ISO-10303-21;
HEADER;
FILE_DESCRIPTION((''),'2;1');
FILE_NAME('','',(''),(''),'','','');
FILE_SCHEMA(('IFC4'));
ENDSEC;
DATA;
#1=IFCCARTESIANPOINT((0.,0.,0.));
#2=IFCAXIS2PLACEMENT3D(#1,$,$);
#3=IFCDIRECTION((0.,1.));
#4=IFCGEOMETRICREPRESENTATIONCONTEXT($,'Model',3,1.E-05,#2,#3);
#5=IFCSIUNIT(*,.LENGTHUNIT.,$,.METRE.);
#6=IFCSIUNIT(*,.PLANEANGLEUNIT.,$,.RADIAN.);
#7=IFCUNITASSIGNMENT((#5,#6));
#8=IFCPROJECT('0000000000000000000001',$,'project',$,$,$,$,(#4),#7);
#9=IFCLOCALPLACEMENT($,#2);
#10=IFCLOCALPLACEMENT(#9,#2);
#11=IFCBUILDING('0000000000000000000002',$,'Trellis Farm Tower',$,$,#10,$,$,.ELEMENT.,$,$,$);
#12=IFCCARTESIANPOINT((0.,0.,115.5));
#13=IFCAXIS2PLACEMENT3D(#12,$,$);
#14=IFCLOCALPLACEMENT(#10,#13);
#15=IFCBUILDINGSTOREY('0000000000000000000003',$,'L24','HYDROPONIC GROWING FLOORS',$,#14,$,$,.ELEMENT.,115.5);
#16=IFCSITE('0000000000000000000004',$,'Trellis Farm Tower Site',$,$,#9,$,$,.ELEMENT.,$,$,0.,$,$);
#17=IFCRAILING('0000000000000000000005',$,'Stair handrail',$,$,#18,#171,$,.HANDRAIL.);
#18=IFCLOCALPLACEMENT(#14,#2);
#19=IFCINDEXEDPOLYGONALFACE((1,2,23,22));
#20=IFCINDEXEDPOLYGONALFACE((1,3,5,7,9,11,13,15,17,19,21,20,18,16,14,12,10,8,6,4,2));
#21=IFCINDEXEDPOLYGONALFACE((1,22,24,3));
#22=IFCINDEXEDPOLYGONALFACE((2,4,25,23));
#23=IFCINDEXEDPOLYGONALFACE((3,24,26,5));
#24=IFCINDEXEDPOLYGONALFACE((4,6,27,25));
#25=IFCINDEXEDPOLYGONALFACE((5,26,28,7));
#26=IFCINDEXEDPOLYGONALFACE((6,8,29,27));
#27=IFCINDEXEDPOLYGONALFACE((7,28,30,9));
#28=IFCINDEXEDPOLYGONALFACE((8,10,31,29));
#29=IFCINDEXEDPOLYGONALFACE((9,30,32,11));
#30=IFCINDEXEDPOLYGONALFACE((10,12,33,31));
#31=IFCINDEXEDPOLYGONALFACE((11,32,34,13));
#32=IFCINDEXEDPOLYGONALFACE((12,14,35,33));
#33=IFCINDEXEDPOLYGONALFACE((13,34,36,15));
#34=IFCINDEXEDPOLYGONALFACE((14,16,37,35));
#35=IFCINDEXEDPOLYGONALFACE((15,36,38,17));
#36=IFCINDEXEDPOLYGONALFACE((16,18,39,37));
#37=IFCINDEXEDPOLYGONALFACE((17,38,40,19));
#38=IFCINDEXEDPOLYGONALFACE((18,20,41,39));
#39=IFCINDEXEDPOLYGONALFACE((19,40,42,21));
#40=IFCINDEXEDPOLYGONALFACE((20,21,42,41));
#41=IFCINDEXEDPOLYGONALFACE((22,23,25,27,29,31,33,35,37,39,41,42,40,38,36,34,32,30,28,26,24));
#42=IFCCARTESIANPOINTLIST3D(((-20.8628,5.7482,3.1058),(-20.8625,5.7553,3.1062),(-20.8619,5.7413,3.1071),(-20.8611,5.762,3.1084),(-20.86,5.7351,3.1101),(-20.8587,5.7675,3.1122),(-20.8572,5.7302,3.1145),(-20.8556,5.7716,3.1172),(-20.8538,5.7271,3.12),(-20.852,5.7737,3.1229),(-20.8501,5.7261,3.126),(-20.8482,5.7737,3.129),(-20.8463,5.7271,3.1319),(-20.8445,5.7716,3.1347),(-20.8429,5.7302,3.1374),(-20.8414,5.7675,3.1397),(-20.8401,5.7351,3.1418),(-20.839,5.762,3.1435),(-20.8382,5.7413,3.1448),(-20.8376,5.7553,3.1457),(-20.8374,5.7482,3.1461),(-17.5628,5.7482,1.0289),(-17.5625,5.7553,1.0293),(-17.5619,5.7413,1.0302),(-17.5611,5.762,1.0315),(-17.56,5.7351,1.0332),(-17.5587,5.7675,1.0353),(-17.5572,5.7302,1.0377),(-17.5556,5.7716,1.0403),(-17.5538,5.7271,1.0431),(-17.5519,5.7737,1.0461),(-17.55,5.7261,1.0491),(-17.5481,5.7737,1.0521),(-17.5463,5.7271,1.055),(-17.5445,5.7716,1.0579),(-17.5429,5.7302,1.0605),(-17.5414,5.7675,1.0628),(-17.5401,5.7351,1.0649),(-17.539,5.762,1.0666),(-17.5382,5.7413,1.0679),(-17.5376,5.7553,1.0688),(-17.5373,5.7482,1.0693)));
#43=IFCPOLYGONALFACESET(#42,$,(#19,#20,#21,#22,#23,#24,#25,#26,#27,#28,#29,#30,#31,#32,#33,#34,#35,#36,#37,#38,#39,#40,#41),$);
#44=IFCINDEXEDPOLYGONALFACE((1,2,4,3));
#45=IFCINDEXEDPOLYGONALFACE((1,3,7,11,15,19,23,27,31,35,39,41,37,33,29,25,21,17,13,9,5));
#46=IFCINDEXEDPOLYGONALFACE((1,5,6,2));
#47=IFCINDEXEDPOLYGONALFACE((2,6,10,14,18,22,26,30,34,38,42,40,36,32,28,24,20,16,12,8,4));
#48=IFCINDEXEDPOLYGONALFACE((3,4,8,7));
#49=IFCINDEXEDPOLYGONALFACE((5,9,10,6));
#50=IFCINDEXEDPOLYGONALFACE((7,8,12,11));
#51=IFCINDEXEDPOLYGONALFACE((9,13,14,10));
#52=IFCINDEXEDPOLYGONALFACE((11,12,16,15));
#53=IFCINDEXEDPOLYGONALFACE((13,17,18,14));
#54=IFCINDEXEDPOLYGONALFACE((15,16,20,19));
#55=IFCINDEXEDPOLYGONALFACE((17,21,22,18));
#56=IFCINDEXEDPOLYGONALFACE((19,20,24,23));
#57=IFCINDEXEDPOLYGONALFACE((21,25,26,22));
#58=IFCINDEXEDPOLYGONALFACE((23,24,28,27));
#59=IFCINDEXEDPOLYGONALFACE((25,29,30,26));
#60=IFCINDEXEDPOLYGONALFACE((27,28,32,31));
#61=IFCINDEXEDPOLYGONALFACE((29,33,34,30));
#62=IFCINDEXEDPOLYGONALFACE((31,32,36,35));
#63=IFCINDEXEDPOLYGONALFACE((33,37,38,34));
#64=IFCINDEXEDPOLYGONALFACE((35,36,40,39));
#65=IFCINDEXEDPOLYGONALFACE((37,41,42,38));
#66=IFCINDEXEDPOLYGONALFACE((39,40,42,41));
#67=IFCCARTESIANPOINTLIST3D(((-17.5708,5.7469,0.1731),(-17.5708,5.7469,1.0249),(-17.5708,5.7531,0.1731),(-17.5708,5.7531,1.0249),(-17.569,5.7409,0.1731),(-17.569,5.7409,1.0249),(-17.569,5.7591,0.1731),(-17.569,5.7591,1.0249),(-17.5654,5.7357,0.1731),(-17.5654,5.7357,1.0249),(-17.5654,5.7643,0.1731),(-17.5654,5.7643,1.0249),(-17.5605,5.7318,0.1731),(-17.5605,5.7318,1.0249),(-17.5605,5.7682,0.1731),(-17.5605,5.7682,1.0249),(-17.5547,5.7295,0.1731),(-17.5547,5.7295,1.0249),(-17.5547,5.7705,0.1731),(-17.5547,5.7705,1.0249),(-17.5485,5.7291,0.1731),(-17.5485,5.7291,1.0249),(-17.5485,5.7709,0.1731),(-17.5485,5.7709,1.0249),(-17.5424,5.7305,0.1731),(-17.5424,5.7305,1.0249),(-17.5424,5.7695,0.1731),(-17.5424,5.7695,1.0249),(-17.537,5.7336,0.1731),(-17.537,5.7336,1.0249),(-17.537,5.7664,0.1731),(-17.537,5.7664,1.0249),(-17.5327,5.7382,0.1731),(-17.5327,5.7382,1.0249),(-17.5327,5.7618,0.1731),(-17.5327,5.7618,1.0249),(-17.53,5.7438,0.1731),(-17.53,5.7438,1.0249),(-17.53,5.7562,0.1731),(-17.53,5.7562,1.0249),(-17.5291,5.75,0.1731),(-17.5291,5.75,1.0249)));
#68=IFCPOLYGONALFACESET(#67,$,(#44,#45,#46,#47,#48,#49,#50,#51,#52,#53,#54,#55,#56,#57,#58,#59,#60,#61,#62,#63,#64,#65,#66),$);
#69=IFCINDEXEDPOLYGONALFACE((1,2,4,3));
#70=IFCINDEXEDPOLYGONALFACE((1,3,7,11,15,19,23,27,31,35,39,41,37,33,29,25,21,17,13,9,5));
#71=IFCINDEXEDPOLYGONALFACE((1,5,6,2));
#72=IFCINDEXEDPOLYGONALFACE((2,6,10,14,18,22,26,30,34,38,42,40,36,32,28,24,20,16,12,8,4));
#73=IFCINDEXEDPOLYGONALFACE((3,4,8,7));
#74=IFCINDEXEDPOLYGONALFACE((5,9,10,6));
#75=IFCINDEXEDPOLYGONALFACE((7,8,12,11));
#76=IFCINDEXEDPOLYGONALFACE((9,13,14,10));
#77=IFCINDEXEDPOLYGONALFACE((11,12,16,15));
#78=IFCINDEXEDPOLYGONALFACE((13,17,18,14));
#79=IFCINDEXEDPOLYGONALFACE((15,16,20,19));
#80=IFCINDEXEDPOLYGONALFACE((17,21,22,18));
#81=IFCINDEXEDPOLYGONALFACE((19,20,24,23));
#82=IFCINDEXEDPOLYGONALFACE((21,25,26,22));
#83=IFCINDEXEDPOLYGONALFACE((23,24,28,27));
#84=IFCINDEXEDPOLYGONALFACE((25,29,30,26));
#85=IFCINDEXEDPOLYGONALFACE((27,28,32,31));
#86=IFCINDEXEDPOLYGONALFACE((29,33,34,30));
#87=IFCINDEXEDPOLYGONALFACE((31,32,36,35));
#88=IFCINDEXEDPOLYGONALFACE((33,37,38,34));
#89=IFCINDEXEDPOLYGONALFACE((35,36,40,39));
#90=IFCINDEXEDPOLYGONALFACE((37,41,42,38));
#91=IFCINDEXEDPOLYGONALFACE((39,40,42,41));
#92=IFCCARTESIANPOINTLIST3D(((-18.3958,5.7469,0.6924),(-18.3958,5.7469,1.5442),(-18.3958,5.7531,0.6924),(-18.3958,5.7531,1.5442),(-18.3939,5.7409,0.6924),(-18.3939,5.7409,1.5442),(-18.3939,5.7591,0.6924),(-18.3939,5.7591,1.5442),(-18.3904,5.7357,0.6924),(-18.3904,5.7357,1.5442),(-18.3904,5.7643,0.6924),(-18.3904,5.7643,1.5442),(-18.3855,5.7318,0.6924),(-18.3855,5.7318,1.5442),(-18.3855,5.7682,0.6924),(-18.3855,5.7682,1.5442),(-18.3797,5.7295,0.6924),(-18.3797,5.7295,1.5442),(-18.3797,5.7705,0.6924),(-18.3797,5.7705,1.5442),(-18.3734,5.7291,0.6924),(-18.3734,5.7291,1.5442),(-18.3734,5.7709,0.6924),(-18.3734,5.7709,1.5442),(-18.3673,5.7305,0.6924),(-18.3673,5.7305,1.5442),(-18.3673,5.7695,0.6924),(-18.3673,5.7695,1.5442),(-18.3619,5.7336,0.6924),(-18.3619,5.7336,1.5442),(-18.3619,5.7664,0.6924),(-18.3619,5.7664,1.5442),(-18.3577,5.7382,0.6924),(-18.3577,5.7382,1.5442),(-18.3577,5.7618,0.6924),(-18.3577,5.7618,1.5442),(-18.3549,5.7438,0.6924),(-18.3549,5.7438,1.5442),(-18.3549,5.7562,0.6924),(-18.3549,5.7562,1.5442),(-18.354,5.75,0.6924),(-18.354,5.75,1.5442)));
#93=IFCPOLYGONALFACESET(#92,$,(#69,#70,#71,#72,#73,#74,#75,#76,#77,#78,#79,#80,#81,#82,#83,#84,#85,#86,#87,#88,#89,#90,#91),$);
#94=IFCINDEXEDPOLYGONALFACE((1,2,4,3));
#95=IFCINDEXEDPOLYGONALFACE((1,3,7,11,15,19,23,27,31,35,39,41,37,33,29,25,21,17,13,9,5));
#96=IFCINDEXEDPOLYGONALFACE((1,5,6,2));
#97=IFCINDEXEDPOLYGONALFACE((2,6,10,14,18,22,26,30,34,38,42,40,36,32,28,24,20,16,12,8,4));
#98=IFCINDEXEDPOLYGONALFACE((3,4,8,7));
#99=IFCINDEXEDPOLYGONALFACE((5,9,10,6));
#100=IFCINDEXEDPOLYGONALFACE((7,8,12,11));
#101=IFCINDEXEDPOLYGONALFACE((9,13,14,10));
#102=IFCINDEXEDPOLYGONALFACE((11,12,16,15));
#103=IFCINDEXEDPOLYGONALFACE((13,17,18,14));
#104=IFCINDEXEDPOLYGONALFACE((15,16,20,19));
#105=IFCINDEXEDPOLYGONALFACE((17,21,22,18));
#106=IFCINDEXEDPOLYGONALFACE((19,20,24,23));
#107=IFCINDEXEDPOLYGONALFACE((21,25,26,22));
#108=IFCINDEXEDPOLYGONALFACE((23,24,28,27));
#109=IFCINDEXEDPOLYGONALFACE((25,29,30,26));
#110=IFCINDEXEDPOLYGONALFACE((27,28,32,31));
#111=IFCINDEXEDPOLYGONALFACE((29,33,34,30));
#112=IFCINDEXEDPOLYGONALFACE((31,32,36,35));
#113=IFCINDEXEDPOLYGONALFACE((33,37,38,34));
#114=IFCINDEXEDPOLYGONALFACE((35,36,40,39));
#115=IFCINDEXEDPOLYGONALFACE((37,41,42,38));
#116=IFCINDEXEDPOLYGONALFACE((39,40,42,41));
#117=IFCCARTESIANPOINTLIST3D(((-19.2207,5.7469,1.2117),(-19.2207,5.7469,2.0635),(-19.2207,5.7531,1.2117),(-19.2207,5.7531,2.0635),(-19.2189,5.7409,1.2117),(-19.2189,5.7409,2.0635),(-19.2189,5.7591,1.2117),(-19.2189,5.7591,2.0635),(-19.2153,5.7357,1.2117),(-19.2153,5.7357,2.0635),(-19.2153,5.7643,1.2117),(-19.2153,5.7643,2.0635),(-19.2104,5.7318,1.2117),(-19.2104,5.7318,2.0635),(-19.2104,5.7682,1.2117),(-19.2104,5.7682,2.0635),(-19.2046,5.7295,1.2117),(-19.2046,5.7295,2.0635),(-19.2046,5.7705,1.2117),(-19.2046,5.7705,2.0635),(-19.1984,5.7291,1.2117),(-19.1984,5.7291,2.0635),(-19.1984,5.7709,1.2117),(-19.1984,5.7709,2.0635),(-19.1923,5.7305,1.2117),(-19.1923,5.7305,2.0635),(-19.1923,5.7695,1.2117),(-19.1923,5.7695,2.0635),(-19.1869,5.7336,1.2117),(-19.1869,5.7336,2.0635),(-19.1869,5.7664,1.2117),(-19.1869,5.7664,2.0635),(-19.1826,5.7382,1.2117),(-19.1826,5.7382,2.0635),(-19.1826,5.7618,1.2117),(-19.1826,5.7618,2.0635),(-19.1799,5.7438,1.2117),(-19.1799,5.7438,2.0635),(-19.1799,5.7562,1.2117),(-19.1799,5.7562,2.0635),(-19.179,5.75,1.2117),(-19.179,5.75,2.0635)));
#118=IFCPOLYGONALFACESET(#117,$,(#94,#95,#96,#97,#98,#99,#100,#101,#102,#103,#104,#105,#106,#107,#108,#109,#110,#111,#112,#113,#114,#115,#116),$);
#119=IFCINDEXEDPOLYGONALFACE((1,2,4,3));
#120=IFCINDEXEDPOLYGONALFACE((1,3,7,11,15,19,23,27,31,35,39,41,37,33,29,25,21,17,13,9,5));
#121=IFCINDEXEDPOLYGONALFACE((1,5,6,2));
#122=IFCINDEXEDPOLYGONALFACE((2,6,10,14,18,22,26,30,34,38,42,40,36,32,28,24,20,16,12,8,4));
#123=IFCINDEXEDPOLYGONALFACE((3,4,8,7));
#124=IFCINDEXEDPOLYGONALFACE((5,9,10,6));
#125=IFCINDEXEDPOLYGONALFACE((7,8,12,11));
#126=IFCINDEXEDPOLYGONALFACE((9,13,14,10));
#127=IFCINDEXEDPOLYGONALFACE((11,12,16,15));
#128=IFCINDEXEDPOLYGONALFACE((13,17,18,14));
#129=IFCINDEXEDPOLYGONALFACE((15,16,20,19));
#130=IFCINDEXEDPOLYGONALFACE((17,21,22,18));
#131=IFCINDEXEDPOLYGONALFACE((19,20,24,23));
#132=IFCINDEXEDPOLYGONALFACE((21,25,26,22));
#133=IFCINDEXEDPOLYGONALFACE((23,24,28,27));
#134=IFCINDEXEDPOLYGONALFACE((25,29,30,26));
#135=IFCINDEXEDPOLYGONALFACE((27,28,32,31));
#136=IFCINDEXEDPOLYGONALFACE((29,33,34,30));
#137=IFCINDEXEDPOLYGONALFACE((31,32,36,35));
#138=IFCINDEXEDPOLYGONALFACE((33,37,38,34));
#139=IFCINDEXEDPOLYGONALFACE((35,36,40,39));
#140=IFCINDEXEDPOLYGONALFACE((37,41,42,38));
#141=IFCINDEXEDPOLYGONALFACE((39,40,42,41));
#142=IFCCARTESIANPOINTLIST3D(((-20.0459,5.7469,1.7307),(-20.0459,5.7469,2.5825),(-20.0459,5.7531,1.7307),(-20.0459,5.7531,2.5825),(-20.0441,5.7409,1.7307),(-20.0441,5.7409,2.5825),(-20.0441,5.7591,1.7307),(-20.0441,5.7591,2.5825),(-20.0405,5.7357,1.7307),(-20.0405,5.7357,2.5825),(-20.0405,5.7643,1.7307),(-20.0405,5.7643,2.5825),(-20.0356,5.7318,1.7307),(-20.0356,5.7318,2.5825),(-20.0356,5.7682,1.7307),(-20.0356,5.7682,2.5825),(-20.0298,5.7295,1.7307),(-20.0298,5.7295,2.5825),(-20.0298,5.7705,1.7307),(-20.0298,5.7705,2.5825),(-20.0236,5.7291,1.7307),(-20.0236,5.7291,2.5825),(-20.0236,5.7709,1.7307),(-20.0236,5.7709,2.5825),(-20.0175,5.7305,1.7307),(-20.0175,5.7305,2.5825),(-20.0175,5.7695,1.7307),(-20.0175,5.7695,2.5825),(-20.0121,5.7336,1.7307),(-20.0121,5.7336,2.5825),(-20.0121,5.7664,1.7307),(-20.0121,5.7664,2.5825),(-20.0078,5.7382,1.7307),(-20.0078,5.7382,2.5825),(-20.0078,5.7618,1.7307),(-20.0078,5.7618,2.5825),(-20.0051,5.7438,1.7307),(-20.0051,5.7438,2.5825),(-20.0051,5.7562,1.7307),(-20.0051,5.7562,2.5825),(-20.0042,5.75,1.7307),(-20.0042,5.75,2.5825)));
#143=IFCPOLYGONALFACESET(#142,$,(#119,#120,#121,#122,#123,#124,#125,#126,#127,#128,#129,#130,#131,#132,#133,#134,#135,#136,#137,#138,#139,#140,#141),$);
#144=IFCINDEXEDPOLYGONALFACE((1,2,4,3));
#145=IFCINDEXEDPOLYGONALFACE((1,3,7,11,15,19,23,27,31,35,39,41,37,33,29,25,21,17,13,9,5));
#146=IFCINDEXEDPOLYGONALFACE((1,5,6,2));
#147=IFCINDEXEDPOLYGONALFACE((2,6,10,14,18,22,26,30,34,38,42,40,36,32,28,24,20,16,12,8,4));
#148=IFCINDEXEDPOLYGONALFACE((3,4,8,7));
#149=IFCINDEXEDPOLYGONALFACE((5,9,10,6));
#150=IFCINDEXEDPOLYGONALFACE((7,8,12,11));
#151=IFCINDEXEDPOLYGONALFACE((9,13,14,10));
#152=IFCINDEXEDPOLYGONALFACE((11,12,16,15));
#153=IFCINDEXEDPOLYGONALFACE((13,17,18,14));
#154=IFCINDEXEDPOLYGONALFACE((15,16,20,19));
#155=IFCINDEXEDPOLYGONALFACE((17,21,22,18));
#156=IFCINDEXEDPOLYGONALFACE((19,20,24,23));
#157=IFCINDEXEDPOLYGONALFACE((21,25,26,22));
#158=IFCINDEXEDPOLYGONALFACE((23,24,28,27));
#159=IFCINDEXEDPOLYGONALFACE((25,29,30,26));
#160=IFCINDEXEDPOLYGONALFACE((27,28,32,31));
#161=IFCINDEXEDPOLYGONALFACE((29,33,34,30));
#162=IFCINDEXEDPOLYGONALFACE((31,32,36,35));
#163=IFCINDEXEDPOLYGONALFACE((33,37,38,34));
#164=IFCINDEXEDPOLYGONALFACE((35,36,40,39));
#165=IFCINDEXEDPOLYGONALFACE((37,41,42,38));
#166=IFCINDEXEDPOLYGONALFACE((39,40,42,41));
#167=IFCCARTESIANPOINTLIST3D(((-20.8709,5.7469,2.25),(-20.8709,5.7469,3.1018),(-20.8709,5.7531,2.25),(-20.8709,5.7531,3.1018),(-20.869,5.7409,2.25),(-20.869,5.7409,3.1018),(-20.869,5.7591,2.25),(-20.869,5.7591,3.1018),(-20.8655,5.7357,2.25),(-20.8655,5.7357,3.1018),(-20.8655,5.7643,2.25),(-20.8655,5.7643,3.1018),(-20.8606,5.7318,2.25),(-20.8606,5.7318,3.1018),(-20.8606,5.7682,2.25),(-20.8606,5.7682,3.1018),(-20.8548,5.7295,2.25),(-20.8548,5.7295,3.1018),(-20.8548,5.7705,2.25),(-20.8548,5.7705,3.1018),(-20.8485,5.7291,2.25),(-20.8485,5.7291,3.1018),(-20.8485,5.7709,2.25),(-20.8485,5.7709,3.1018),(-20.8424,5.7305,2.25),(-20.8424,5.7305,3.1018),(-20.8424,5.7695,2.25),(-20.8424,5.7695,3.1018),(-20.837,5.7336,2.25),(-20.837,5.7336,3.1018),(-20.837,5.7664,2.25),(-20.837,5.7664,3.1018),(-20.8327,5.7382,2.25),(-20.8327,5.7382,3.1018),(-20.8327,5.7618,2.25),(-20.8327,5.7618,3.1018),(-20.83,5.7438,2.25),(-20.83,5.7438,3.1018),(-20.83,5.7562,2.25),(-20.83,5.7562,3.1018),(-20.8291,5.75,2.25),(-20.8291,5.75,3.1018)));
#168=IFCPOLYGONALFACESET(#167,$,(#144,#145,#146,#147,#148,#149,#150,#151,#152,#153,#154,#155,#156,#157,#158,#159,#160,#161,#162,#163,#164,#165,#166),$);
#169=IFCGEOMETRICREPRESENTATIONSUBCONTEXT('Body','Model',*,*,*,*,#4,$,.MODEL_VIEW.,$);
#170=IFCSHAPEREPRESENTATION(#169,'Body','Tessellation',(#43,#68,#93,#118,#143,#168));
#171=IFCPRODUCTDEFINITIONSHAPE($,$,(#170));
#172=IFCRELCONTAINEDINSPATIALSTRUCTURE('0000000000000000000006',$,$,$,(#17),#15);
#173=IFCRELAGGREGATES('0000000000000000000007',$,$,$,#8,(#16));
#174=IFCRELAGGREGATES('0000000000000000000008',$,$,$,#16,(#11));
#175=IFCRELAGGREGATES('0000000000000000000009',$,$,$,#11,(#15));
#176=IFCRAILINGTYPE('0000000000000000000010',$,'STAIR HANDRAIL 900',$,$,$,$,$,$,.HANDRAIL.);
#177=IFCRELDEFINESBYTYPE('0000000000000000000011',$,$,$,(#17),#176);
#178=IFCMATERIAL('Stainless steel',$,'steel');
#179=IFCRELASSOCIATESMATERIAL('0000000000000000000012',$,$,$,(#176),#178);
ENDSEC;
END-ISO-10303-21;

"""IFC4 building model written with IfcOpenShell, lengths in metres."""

from ifc_helpers import new_model, si_unit, direction, frame, origin, origin_2d, place, context, subcontext, project, spatial, circle, extrude, source, transform, mapped, material, type_object, element, save


model = new_model("IFC4")

# Units and contexts
model_context = context("Model", 3, precision=1e-05, world=origin(), true_north=direction((0.0, 1.0)))
body_context = subcontext(model_context, "Body", "Model", "MODEL_VIEW")
ifc_project = project(units=[si_unit("LENGTHUNIT", "METRE"), si_unit("PLANEANGLEUNIT", "RADIAN")], contexts=[model_context])

# Site, building, storey
site_placement = place(None, origin())
site = spatial("IfcSite", under=ifc_project, at=site_placement, Name="Trellis Farm Tower Site", CompositionType="ELEMENT", RefElevation=0.0)
building_placement = place(site_placement, origin())
building = spatial("IfcBuilding", under=site, at=building_placement, Name="Trellis Farm Tower", CompositionType="ELEMENT")
storey_placement = place(building_placement, frame((0.0, 0.0, 115.5)))
storey = spatial("IfcBuildingStorey", under=building, at=storey_placement, Name="L24", Description="HYDROPONIC GROWING FLOORS", CompositionType="ELEMENT", Elevation=115.5)

# Railing
ifc_material_1 = material(Name="Stainless steel", Category="steel")
railing_type = type_object("IfcRailingType", Name="STAIR HANDRAIL 900", PredefinedType="HANDRAIL", material=ifc_material_1)
shared_shape_1 = source(origin(), body_context, "Body", "SweptSolid", [
    extrude(circle(Radius=0.0239, at=origin_2d()), frame((0.0, 0.0, 0.876), z_axis=(-0.846337, 0.0, 0.532647), x_axis=(0.0, -1.0, 0.0)), (0.0, 0.0, 1.0), 3.8992),
    extrude(circle(Radius=0.021, at=origin_2d()), origin(), (0.0, 0.0, 1.0), 0.8518),
    extrude(circle(Radius=0.021, at=origin_2d()), frame((-0.825, 0.0, 0.5193)), (0.0, 0.0, 1.0), 0.8518),
    extrude(circle(Radius=0.021, at=origin_2d()), frame((-1.6499, 0.0, 1.0386)), (0.0, 0.0, 1.0), 0.8518),
    extrude(circle(Radius=0.021, at=origin_2d()), frame((-2.4751, 0.0, 1.5576)), (0.0, 0.0, 1.0), 0.8518),
    extrude(circle(Radius=0.021, at=origin_2d()), frame((-3.3, 0.0, 2.0769)), (0.0, 0.0, 1.0), 0.8518),
])
for number, where, name in (
    (1, (-17.55, 5.75, 0.1731), "Stair handrail"),
):
    element("IfcRailing", number, at=place(storey_placement, frame(where)), inside=storey, type_object=railing_type, Name=name, PredefinedType="HANDRAIL", context=body_context, shape_type="MappedRepresentation", body=[
        mapped(shared_shape_1, transform((0.0, 0.0, 0.0))),
    ])

save(model, "model.ifc")
